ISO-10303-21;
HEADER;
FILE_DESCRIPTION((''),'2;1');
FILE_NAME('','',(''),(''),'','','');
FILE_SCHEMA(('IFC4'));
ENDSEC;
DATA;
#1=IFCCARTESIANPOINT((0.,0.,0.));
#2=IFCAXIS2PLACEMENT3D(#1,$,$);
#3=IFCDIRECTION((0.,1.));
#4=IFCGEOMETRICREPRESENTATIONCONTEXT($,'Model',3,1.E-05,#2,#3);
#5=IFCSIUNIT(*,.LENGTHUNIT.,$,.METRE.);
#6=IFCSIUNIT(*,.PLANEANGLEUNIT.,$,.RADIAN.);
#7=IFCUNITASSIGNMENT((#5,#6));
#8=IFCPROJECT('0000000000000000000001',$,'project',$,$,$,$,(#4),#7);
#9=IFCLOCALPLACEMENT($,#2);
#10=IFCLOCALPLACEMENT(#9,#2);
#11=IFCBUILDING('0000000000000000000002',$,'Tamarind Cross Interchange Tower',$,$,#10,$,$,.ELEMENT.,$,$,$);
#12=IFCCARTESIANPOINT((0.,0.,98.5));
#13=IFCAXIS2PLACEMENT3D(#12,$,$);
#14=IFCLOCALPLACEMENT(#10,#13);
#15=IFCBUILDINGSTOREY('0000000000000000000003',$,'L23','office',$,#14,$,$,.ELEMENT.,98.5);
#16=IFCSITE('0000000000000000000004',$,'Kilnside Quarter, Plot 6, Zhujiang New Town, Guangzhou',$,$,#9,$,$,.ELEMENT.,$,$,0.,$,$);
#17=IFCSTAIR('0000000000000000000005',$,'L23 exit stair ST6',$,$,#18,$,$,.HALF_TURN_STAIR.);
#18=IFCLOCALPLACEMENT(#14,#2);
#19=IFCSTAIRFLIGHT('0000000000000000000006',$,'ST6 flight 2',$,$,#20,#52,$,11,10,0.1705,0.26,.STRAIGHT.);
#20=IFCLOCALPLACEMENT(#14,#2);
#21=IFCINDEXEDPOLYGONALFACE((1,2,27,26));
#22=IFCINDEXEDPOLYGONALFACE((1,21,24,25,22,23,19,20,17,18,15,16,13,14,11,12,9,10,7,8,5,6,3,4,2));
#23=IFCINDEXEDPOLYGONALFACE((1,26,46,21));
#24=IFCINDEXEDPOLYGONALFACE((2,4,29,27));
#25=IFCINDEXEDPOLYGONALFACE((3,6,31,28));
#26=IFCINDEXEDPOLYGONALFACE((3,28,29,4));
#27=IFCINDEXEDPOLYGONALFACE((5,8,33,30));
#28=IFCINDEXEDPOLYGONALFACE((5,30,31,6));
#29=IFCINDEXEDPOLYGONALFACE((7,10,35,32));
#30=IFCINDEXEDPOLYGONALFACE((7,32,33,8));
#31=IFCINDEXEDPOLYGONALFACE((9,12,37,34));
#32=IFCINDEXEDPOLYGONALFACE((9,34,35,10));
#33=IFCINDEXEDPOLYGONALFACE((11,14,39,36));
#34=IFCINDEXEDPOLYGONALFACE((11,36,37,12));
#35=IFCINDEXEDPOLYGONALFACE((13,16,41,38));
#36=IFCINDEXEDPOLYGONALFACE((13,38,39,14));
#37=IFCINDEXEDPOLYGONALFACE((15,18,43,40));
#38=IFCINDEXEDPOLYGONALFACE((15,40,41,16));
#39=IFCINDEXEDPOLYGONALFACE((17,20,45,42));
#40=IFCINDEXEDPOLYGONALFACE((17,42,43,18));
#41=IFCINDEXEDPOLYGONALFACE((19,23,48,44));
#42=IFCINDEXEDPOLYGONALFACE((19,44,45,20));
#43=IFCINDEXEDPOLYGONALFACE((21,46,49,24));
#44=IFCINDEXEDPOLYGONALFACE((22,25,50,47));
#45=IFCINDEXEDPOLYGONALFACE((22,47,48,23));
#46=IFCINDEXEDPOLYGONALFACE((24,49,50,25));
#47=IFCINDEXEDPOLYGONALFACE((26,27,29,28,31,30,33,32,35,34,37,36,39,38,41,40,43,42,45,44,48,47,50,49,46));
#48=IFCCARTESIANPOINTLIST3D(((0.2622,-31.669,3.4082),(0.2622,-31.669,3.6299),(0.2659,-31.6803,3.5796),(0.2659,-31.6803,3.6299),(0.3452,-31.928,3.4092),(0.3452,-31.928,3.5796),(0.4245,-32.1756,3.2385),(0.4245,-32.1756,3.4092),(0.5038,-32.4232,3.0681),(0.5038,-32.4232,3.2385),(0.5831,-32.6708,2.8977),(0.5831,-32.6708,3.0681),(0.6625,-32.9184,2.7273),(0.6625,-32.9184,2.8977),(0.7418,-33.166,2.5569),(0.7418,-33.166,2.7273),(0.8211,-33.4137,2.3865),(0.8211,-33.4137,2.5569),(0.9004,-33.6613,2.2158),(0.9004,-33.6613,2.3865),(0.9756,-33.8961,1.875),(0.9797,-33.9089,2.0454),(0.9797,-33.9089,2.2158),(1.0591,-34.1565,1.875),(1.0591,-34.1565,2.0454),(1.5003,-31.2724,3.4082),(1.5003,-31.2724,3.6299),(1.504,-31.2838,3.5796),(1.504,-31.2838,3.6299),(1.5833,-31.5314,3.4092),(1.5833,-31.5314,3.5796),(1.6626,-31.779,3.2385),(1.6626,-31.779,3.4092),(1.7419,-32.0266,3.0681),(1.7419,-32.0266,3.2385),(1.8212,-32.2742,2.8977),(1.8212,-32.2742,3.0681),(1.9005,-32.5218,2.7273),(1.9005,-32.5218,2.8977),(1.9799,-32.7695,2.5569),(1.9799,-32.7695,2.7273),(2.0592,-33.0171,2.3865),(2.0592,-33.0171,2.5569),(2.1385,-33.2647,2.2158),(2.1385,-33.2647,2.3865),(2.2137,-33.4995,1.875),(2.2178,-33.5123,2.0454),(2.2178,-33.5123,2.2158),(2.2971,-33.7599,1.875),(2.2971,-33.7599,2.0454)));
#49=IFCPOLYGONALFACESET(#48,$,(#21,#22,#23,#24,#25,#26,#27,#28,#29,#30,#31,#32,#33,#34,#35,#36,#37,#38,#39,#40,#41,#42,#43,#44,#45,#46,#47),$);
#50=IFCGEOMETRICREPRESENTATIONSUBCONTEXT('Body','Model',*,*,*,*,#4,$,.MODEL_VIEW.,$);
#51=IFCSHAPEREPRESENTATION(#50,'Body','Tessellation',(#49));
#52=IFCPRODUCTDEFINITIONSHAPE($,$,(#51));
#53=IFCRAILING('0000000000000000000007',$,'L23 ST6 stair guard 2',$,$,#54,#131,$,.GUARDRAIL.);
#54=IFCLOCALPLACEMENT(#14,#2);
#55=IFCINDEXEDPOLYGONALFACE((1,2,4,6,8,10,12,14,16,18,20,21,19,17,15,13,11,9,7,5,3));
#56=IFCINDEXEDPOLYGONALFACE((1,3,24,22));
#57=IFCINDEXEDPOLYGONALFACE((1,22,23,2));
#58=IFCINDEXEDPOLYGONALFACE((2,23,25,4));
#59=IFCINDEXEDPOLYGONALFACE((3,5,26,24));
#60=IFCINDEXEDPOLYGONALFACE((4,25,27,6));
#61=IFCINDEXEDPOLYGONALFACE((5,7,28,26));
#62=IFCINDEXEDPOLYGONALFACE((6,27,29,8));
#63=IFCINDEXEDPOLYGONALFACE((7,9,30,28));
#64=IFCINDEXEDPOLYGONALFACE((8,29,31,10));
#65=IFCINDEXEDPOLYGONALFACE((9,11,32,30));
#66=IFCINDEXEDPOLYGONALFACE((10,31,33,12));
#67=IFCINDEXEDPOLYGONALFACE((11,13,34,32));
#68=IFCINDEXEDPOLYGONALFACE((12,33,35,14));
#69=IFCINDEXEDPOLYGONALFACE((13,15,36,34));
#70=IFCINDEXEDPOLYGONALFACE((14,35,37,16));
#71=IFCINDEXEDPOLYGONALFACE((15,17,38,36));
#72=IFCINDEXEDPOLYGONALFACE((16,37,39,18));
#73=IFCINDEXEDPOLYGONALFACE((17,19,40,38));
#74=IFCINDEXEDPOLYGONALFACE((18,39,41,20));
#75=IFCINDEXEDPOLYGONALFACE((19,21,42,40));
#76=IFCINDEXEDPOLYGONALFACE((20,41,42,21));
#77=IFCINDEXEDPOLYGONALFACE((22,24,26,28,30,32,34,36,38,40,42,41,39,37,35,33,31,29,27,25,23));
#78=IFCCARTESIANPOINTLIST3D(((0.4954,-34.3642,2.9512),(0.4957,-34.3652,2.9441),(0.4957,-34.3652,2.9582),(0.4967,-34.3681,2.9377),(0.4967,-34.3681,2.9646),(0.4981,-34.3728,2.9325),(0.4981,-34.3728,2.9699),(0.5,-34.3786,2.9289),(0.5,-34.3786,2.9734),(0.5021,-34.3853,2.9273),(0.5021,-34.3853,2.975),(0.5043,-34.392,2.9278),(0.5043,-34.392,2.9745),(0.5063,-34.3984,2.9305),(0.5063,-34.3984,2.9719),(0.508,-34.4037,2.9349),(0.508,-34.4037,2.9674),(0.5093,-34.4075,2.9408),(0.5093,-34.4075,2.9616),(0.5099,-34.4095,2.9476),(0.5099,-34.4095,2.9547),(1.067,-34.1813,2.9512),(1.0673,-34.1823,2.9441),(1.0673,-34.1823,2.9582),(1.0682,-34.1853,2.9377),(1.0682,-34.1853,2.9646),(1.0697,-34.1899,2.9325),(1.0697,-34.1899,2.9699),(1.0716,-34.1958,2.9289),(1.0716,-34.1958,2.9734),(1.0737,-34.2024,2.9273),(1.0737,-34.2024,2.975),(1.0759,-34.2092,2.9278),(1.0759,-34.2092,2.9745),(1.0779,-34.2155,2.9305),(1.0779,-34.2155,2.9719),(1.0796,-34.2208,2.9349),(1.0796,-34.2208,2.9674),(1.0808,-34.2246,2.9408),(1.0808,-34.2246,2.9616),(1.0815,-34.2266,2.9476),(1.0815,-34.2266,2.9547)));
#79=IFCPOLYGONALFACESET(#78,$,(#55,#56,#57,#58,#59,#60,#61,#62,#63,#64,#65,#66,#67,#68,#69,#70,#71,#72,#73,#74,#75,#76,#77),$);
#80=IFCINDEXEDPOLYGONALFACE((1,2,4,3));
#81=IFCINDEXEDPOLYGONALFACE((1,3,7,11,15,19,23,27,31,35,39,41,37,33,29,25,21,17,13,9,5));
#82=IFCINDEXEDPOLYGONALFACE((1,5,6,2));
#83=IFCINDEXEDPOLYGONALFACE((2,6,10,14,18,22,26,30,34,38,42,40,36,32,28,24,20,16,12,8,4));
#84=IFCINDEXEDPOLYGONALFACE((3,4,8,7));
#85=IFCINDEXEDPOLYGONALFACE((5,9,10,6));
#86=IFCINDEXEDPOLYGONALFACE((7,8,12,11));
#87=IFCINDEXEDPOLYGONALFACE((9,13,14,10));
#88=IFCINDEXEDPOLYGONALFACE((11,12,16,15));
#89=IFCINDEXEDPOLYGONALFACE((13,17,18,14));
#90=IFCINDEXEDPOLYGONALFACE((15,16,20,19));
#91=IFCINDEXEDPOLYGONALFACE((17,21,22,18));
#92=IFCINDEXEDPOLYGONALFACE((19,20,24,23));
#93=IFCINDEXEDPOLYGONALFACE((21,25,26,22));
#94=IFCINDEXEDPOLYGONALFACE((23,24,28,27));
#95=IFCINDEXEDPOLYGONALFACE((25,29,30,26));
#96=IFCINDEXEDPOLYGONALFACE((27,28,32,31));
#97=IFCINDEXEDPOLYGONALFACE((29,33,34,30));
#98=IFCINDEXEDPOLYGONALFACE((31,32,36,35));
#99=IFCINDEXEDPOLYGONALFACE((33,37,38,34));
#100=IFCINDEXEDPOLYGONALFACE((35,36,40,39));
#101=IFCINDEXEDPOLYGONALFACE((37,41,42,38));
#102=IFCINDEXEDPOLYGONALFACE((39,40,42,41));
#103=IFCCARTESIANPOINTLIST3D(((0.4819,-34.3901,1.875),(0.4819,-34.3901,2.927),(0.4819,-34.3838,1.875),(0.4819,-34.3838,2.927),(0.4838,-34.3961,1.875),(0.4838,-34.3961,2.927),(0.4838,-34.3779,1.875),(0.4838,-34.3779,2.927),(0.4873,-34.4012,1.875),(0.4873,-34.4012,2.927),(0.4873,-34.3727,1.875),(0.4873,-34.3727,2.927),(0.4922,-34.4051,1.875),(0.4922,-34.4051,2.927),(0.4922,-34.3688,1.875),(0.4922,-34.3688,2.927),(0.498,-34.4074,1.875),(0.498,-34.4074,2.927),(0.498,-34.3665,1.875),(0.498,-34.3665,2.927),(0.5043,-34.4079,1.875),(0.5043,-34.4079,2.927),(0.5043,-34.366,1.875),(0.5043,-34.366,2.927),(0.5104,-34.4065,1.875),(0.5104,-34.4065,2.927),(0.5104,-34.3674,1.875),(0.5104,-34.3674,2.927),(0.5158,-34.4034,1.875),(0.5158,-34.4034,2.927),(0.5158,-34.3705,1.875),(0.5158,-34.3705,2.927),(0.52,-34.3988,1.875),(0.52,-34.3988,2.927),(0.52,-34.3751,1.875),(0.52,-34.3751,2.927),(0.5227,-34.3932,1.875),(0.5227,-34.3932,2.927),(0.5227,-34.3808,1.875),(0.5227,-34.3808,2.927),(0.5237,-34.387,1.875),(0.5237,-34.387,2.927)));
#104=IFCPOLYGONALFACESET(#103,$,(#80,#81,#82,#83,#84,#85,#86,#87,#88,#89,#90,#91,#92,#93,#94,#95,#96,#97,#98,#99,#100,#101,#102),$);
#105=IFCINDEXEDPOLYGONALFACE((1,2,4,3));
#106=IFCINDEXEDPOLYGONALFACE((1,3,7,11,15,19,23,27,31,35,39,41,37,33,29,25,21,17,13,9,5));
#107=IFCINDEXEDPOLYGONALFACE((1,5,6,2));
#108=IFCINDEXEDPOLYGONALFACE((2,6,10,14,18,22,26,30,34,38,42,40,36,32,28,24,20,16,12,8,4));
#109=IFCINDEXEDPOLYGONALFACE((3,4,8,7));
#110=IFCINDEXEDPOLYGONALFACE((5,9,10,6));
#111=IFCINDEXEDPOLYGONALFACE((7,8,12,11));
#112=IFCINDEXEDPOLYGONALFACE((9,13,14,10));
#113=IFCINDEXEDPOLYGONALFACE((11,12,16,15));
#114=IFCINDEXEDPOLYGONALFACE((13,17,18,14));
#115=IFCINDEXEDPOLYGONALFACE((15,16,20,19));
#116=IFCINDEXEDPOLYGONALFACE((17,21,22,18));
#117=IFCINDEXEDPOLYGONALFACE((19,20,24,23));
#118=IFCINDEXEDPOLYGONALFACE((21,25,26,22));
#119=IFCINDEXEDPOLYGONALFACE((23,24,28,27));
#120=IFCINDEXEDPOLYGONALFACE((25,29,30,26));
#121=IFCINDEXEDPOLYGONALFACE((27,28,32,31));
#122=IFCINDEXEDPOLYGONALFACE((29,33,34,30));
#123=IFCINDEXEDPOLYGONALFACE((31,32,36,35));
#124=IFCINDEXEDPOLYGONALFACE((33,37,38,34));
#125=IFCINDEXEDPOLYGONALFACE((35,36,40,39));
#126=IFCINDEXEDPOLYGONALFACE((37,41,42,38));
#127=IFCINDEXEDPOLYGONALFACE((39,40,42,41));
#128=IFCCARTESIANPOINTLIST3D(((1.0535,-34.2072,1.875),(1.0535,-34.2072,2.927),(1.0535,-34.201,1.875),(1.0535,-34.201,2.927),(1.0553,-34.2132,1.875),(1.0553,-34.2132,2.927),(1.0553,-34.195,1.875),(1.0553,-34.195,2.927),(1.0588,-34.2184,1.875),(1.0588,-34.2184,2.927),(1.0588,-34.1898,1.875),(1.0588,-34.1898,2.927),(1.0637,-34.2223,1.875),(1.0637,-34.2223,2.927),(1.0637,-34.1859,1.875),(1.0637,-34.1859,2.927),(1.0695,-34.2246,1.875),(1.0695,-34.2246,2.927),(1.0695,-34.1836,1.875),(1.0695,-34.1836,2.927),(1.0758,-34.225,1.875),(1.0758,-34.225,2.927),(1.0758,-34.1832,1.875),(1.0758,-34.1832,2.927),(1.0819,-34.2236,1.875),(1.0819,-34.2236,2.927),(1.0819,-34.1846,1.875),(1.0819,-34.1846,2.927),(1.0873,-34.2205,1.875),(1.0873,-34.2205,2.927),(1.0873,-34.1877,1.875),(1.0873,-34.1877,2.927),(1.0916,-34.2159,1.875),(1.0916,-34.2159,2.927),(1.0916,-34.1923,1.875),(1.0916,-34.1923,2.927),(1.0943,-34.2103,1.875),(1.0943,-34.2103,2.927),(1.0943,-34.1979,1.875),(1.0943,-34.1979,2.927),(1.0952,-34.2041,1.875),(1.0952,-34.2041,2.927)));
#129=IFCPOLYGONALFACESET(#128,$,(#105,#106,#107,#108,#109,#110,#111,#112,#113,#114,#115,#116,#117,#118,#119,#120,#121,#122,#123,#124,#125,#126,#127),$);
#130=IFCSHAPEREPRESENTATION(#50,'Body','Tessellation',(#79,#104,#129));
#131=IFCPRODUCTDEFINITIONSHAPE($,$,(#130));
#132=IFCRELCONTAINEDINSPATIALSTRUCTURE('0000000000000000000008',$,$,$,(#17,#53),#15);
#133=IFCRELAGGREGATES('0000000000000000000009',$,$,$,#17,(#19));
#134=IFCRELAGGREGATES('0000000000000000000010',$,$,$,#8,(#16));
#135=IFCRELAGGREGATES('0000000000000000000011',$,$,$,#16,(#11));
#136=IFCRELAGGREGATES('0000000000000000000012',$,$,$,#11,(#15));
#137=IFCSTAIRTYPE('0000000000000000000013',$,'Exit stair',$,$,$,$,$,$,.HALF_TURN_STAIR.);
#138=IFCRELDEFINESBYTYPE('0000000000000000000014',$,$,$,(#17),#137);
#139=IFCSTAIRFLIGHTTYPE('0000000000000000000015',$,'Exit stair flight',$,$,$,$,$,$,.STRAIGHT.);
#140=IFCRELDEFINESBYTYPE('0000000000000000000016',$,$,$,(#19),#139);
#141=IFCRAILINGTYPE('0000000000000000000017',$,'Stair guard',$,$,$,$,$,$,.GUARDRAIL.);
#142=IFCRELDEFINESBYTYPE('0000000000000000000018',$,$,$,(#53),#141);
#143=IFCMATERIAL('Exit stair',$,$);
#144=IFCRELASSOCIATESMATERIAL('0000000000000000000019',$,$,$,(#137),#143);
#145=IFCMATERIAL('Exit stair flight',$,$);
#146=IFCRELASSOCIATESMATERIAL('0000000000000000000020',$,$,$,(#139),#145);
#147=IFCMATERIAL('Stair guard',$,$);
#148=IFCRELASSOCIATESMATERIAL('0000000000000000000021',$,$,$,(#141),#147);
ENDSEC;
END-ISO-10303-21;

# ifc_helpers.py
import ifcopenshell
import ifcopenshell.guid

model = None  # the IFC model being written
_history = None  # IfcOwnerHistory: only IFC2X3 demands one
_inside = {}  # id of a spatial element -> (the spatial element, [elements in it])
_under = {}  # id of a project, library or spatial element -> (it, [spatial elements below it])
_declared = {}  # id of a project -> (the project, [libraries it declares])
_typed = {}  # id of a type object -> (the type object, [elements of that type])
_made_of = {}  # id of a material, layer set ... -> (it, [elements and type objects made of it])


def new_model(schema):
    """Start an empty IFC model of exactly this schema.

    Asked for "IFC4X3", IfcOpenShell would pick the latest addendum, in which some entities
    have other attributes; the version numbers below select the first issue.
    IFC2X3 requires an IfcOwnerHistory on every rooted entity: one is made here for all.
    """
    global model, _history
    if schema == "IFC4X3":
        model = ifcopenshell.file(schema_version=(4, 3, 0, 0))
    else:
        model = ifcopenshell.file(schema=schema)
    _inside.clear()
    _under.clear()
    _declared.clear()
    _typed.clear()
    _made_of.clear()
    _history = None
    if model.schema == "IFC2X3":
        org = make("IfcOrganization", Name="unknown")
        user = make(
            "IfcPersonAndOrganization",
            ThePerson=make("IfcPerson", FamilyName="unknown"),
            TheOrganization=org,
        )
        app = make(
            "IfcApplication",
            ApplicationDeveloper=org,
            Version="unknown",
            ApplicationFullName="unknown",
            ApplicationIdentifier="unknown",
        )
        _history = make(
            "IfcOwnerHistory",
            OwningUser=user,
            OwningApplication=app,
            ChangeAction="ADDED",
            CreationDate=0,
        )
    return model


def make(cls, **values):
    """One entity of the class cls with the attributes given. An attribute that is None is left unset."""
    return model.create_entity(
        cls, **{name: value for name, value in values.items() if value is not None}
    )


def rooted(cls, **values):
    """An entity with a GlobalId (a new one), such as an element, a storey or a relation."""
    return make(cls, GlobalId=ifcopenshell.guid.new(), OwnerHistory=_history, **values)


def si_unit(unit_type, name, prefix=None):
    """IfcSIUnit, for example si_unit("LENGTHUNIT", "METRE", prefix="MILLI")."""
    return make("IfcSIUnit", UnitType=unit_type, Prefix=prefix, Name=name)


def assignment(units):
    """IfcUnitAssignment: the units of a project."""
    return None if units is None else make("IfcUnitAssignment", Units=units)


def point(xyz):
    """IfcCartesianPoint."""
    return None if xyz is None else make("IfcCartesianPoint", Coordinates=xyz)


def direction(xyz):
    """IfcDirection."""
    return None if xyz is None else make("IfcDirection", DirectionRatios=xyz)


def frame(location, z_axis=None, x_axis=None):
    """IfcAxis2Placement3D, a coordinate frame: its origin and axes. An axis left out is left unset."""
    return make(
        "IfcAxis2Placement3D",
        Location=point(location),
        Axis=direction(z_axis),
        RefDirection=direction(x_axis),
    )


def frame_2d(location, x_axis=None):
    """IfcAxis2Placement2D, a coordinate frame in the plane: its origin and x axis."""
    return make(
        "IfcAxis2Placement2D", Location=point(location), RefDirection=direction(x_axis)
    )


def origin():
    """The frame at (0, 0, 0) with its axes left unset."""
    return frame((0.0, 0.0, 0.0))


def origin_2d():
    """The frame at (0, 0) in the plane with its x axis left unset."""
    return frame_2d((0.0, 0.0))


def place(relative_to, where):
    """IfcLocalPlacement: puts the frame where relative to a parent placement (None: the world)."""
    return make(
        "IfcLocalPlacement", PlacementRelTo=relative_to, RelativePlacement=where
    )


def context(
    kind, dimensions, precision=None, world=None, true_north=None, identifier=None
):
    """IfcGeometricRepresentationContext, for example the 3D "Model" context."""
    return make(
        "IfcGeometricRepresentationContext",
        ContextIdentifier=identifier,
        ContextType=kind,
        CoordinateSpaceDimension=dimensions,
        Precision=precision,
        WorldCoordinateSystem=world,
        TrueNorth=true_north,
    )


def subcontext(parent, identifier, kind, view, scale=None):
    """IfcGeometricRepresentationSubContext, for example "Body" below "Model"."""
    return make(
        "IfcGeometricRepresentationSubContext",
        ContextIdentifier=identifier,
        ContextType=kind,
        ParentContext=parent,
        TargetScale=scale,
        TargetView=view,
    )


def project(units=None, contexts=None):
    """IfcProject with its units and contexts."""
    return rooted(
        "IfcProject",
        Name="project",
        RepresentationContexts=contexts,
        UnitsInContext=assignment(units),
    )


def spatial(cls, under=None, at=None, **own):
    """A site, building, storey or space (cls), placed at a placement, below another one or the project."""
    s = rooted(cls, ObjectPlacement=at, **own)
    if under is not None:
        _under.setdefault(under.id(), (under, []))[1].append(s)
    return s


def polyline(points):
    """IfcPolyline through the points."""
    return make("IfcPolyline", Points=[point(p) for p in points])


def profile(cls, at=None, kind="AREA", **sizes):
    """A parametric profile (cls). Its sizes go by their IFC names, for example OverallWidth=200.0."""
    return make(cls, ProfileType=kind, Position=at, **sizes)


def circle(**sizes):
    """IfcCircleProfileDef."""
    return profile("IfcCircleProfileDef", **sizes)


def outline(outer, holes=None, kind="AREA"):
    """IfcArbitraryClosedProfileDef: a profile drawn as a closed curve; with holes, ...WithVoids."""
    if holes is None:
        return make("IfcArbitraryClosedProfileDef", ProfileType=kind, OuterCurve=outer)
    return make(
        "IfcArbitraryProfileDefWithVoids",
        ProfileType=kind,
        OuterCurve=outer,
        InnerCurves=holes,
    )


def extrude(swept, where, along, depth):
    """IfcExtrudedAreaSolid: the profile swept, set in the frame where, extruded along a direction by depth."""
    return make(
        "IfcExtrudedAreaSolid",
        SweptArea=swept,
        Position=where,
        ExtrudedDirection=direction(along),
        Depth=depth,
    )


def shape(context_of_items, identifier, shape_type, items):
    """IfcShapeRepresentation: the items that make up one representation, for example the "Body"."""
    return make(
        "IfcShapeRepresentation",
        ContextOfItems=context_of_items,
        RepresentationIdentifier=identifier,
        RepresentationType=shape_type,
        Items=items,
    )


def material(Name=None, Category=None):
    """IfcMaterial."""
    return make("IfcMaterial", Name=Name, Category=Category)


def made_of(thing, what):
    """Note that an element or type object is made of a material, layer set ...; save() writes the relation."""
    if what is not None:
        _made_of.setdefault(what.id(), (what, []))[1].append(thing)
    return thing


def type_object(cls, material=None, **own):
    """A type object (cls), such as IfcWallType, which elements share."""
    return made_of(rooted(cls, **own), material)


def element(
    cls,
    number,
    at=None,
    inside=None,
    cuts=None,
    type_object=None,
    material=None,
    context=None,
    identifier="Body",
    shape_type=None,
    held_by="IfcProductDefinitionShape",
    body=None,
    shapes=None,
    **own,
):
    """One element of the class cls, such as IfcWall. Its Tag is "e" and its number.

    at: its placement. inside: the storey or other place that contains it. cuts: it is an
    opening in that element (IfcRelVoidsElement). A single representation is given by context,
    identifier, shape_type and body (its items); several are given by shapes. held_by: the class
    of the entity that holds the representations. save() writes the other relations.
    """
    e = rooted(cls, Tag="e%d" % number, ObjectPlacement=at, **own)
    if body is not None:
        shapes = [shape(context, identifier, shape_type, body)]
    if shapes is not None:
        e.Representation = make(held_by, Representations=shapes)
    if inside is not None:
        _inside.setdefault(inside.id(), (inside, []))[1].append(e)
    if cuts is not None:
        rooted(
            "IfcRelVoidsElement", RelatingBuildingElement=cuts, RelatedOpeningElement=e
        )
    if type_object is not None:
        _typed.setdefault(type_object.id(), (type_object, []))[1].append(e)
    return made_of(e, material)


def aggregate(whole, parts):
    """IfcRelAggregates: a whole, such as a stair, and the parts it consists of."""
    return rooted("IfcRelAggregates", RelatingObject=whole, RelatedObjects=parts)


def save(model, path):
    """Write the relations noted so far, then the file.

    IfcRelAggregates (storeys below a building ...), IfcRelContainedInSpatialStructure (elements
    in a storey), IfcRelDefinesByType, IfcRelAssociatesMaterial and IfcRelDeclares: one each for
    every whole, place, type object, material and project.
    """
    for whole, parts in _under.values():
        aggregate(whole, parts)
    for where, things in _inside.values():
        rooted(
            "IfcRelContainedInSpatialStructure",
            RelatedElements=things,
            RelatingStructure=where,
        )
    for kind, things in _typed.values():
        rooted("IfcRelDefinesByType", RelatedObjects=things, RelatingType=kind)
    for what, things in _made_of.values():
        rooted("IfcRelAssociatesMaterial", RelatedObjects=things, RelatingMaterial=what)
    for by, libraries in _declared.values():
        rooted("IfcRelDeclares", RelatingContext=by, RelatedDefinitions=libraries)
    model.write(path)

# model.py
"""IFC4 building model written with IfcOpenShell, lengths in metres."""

from ifc_helpers import new_model, si_unit, direction, frame, origin, origin_2d, place, context, subcontext, project, spatial, polyline, circle, outline, extrude, material, type_object, element, aggregate, save


model = new_model("IFC4")

# Units and contexts
model_context = context("Model", 3, precision=1e-05, world=origin(), true_north=direction((0.0, 1.0)))
body_context = subcontext(model_context, "Body", "Model", "MODEL_VIEW")
ifc_project = project(units=[si_unit("LENGTHUNIT", "METRE"), si_unit("PLANEANGLEUNIT", "RADIAN")], contexts=[model_context])

# Site, building, storey
site_placement = place(None, origin())
site = spatial("IfcSite", under=ifc_project, at=site_placement, Name="Kilnside Quarter, Plot 6, Zhujiang New Town, Guangzhou", CompositionType="ELEMENT", RefElevation=0.0)
building_placement = place(site_placement, origin())
building = spatial("IfcBuilding", under=site, at=building_placement, Name="Tamarind Cross Interchange Tower", CompositionType="ELEMENT")
storey_placement = place(building_placement, frame((0.0, 0.0, 98.5)))
storey = spatial("IfcBuildingStorey", under=building, at=storey_placement, Name="L23", Description="office", CompositionType="ELEMENT", Elevation=98.5)

# Stair, stair flight
ifc_material_1 = material(Name="Exit stair")
stair_type = type_object("IfcStairType", Name="Exit stair", PredefinedType="HALF_TURN_STAIR", material=ifc_material_1)
stair_placement = place(storey_placement, origin())
stair = element("IfcStair", 1, at=stair_placement, inside=storey, type_object=stair_type, Name="L23 exit stair ST6", PredefinedType="HALF_TURN_STAIR")
ifc_material_2 = material(Name="Exit stair flight")
stair_flight_type = type_object("IfcStairFlightType", Name="Exit stair flight", PredefinedType="STRAIGHT", material=ifc_material_2)
stair_flight_placement = place(storey_placement, frame((1.678, -33.9583, 1.875), z_axis=(0.0, 0.0, 1.0), x_axis=(-0.305057, 0.952334, 0.0)))
stair_flight = element("IfcStairFlight", 2, at=stair_flight_placement, type_object=stair_flight_type, Name="ST6 flight 2", NumberOfRisers=11, NumberOfTreads=10, PredefinedType="STRAIGHT", RiserHeight=0.1705, TreadLength=0.26, context=body_context, shape_type="SweptSolid", body=[
    extrude(outline(polyline([(0.0, 0.0), (0.0, 0.1704), (0.26, 0.1704), (0.26, 0.3408), (0.52, 0.3408), (0.52, 0.5115), (0.78, 0.5115), (0.78, 0.6819), (1.04, 0.6819), (1.04, 0.8523), (1.3, 0.8523), (1.3, 1.0227), (1.5601, 1.0227), (1.5601, 1.1931), (1.8201, 1.1931), (1.8201, 1.3635), (2.0801, 1.3635), (2.0801, 1.5342), (2.3401, 1.5342), (2.3401, 1.7046), (2.6001, 1.7046), (2.6001, 1.7549), (2.6121, 1.7549), (2.6121, 1.5332), (0.2734, 0.0), (0.0, 0.0)])), frame((0.0, 0.6499, 0.0), z_axis=(0.0, -1.0, 0.0), x_axis=(1.0, 0.0, 0.0)), (0.0, 0.0, 1.0), 1.3),
])
aggregate(stair, [stair_flight])

# Railing
ifc_material_3 = material(Name="Stair guard")
railing_type_1 = type_object("IfcRailingType", Name="Stair guard", PredefinedType="GUARDRAIL", material=ifc_material_3)
railing_1_placement = place(storey_placement, frame((0.5027, -34.387, 1.875)))
element("IfcRailing", 3, at=railing_1_placement, inside=storey, type_object=railing_type_1, Name="L23 ST6 stair guard 2", PredefinedType="GUARDRAIL", context=body_context, shape_type="SweptSolid", body=[
    extrude(circle(Radius=0.0239, at=origin_2d()), frame((0.0, 0.0, 1.0762), z_axis=(0.952438, 0.304731, 0.0), x_axis=(-0.304731, 0.952438, 0.0)), (0.0, 0.0, 1.0), 0.6001),
    extrude(circle(Radius=0.021, at=origin_2d()), origin(), (0.0, 0.0, 1.0), 1.052),
    extrude(circle(Radius=0.021, at=origin_2d()), frame((0.5715, 0.1829, 0.0)), (0.0, 0.0, 1.0), 1.052),
])

save(model, "model.ifc")
